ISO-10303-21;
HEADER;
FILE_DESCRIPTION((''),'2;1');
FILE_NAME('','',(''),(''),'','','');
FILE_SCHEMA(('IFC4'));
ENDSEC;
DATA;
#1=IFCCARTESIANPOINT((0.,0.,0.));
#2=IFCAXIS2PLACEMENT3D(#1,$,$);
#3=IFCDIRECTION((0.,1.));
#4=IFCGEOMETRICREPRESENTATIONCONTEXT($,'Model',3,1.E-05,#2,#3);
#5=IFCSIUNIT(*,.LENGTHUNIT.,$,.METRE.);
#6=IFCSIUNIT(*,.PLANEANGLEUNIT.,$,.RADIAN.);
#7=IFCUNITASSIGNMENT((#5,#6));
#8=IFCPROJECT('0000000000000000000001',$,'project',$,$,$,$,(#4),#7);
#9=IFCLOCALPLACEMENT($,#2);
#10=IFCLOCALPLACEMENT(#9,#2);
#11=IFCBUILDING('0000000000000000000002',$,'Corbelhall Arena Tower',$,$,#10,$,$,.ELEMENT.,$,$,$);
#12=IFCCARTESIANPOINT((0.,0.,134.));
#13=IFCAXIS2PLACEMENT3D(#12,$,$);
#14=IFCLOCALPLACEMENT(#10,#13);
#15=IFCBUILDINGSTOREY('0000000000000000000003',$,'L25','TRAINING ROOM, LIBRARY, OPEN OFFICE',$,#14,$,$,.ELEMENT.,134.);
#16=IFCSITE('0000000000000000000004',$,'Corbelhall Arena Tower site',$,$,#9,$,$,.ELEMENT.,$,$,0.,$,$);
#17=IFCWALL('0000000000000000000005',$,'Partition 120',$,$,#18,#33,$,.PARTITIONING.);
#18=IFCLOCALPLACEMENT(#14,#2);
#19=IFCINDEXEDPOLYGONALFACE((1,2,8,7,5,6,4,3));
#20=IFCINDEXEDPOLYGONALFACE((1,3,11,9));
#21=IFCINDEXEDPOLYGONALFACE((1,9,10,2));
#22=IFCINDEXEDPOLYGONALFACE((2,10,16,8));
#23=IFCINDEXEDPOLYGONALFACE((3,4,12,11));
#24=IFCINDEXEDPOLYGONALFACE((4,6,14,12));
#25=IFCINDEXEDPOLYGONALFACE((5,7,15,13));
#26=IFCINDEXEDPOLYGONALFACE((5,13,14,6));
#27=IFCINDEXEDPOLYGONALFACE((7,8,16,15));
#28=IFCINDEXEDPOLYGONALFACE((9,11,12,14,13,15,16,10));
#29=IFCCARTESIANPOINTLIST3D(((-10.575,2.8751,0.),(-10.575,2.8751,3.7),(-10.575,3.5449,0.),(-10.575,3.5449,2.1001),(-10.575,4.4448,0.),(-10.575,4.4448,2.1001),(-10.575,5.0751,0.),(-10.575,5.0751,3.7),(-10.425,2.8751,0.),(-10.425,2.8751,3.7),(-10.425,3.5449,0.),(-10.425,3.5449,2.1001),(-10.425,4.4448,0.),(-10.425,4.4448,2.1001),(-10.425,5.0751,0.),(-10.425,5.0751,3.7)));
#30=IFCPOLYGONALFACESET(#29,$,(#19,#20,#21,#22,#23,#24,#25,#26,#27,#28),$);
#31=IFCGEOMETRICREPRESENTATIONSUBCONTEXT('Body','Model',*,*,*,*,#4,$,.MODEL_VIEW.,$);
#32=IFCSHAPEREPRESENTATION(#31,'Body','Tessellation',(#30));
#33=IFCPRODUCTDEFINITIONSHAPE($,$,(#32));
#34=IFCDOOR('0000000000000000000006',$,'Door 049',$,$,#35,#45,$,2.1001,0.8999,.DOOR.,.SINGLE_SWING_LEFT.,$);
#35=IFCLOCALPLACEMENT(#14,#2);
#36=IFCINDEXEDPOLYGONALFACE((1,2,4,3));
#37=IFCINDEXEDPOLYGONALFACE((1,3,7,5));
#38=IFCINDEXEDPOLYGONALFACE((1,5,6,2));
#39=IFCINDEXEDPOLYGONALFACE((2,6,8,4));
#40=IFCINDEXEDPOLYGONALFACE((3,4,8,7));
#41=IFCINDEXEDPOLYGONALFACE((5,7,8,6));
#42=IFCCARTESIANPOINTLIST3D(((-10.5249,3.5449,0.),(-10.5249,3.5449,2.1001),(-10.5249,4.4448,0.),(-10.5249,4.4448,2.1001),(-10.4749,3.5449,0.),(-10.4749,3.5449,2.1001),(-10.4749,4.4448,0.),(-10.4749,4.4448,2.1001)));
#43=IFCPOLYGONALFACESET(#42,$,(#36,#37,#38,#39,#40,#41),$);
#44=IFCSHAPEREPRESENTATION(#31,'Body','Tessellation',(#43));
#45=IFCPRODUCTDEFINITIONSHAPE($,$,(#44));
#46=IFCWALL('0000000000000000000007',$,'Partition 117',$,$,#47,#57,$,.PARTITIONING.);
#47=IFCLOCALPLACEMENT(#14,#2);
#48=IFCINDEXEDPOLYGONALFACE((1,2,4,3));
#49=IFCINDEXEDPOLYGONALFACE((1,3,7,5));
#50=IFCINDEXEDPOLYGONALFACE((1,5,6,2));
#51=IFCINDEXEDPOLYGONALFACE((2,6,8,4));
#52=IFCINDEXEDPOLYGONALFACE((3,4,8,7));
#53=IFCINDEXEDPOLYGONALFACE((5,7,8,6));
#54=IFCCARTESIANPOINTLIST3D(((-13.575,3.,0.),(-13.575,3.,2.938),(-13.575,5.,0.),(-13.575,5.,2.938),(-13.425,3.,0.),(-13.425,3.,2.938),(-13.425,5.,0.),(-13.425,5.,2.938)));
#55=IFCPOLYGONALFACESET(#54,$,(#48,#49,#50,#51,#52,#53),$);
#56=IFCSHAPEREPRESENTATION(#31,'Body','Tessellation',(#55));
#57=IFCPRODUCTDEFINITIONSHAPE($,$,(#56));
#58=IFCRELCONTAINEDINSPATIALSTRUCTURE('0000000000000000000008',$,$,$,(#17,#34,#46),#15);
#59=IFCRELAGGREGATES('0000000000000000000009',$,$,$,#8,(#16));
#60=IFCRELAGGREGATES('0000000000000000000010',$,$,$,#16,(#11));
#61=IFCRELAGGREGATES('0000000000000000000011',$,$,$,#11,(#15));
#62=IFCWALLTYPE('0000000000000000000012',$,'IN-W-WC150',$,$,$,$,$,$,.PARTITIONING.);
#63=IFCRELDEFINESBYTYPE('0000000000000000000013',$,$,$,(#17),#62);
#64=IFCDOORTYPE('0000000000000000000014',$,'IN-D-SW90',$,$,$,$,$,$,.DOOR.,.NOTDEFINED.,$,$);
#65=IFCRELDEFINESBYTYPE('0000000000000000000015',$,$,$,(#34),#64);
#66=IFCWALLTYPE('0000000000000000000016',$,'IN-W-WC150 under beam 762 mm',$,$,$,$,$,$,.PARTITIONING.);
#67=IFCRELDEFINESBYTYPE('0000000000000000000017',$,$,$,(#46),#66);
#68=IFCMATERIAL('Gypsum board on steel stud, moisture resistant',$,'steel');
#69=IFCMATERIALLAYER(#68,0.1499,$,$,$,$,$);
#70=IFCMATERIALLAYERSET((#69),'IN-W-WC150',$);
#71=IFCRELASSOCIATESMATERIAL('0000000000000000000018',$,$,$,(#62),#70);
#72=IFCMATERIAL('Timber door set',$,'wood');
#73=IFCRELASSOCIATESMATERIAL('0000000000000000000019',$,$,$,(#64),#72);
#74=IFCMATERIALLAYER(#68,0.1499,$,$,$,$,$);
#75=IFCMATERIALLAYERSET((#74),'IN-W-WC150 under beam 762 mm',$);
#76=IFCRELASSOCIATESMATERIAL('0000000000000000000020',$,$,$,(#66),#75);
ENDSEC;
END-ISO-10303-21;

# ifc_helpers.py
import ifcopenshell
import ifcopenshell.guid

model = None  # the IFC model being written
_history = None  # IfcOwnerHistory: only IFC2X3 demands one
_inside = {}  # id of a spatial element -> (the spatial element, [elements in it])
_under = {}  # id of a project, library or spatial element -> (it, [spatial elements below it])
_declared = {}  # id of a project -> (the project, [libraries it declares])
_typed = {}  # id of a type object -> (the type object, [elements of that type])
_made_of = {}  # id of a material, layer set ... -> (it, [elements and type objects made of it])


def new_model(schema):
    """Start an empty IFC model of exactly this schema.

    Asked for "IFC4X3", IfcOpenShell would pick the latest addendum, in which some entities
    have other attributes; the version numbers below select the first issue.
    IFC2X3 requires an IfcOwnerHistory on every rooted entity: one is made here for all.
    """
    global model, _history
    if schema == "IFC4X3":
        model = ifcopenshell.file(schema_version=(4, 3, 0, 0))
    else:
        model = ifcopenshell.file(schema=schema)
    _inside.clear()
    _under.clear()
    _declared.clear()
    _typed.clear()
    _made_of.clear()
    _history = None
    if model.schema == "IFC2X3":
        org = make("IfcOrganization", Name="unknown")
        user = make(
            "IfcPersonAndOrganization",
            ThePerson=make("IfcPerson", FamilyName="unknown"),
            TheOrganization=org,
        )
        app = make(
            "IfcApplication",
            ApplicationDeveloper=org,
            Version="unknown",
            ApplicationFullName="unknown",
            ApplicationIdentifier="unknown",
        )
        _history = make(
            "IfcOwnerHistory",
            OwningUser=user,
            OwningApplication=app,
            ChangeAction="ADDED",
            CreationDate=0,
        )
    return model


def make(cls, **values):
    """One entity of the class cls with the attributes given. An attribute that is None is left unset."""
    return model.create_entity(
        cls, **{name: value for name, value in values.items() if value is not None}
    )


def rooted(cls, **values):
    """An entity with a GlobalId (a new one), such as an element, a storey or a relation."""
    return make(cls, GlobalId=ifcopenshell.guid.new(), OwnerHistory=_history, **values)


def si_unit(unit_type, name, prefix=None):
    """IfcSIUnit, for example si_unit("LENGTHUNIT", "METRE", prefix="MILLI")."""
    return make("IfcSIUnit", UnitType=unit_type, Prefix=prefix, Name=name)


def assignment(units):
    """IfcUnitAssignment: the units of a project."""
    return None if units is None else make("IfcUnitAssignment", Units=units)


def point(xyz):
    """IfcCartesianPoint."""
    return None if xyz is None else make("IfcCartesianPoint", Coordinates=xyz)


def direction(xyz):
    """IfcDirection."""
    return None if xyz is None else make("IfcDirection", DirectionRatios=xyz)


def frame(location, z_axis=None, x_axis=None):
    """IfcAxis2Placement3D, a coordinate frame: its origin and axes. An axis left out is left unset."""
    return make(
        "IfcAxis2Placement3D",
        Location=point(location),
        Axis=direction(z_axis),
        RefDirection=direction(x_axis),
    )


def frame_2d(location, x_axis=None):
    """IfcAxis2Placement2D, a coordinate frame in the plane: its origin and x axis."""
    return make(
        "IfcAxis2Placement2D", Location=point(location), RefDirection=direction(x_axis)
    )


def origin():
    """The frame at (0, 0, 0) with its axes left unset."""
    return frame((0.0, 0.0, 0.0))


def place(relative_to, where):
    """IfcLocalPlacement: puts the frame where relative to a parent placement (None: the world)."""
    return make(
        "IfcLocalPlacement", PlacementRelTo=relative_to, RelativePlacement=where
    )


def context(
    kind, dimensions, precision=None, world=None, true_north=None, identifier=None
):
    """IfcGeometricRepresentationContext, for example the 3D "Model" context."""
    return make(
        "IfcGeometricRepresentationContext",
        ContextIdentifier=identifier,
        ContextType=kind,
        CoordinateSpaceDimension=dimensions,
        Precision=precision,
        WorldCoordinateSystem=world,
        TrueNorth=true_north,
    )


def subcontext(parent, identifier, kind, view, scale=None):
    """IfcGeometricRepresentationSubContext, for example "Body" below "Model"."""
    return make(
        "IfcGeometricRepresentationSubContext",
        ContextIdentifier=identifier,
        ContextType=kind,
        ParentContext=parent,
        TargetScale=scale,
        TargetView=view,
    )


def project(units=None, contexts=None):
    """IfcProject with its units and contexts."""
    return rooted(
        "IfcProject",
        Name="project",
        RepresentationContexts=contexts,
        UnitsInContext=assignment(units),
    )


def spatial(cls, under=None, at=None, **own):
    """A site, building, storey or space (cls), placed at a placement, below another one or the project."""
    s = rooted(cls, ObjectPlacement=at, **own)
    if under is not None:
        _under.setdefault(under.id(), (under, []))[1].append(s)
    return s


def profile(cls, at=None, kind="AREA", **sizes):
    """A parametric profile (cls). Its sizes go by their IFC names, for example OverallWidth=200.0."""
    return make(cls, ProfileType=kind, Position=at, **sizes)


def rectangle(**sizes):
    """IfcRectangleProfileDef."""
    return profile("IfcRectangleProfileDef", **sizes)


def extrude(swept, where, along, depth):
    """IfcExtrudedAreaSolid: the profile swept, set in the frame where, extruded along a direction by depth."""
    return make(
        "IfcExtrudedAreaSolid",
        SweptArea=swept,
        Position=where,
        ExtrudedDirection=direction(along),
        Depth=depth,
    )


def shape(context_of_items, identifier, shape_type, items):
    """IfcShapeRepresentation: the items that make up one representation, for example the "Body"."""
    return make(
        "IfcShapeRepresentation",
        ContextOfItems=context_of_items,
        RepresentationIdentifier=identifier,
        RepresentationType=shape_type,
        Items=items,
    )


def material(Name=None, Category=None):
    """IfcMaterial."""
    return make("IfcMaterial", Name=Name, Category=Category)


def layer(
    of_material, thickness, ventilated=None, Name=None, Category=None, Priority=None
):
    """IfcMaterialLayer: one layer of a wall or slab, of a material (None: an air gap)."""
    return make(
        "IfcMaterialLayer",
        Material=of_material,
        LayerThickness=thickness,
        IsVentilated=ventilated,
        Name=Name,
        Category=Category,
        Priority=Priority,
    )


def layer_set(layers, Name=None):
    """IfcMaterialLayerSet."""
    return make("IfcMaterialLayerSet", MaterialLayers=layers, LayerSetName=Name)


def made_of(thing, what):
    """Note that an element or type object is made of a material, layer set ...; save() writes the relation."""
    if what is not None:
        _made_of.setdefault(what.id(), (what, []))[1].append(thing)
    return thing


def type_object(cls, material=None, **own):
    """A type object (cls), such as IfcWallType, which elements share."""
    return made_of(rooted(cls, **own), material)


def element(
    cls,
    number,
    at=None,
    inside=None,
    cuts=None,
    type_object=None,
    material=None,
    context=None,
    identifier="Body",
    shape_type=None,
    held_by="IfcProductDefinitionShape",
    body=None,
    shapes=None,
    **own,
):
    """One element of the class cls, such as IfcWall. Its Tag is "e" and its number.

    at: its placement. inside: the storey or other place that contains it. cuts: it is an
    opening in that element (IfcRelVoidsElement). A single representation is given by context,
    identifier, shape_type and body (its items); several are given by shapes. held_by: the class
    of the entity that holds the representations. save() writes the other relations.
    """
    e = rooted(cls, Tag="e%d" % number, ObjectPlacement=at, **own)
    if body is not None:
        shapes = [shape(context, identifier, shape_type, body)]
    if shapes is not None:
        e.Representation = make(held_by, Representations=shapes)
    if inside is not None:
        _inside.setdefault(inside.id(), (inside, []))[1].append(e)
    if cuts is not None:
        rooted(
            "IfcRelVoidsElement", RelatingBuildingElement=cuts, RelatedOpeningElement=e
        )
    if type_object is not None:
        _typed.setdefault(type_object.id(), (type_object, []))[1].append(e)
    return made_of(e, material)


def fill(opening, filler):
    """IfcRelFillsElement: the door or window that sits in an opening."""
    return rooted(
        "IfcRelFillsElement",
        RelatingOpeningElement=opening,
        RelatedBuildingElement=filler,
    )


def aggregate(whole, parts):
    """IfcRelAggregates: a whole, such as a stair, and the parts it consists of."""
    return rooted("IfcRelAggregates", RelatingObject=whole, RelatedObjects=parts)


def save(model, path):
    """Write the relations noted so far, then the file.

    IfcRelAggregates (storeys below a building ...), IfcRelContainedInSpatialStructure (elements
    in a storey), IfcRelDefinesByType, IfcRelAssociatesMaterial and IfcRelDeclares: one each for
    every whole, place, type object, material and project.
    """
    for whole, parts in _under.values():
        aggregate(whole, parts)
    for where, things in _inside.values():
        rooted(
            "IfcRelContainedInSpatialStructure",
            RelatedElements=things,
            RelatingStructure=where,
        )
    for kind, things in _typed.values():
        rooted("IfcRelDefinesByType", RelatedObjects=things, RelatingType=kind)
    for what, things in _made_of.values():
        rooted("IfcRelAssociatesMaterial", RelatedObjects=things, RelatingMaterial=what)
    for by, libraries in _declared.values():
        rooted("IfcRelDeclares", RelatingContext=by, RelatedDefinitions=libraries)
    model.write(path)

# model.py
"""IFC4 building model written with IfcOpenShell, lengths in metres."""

from ifc_helpers import new_model, si_unit, direction, frame, frame_2d, origin, place, context, subcontext, project, spatial, rectangle, extrude, material, layer, layer_set, type_object, element, fill, save


model = new_model("IFC4")

# Units and contexts
model_context = context("Model", 3, precision=1e-05, world=origin(), true_north=direction((0.0, 1.0)))
body_context = subcontext(model_context, "Body", "Model", "MODEL_VIEW")
ifc_project = project(units=[si_unit("LENGTHUNIT", "METRE"), si_unit("PLANEANGLEUNIT", "RADIAN")], contexts=[model_context])

# Site, building, storey
site_placement = place(None, origin())
site = spatial("IfcSite", under=ifc_project, at=site_placement, Name="Corbelhall Arena Tower site", CompositionType="ELEMENT", RefElevation=0.0)
building_placement = place(site_placement, origin())
building = spatial("IfcBuilding", under=site, at=building_placement, Name="Corbelhall Arena Tower", CompositionType="ELEMENT")
storey_placement = place(building_placement, frame((0.0, 0.0, 134.0)))
storey = spatial("IfcBuildingStorey", under=building, at=storey_placement, Name="L25", Description="TRAINING ROOM, LIBRARY, OPEN OFFICE", CompositionType="ELEMENT", Elevation=134.0)

# Shared definitions
ifc_material_1 = material(Name="Gypsum board on steel stud, moisture resistant", Category="steel")
ifc_layer_1 = layer(ifc_material_1, 0.1499)
ifc_layer_set_1 = layer_set([ifc_layer_1], Name="IN-W-WC150")
wall_type_1 = type_object("IfcWallType", Name="IN-W-WC150", PredefinedType="PARTITIONING", material=ifc_layer_set_1)

# Wall, opening, door
wall_1_placement = place(storey_placement, frame((-10.5, 2.875, 0.0), z_axis=(0.0, 0.0, 1.0), x_axis=(0.0, 1.0, 0.0)))
wall_1 = element("IfcWall", 1, at=wall_1_placement, inside=storey, type_object=wall_type_1, Name="Partition 120", PredefinedType="PARTITIONING", context=body_context, shape_type="SweptSolid", body=[
    extrude(rectangle(XDim=2.2, YDim=0.1499, at=frame_2d((1.1001, 0.0))), origin(), (0.0, 0.0, 1.0), 3.7),
])
opening_1_placement = place(wall_1_placement, frame((0.6699, 0.0, 0.0)))
opening_1 = element("IfcOpeningElement", 2, at=opening_1_placement, cuts=wall_1, PredefinedType="OPENING", context=body_context, shape_type="SweptSolid", body=[
    extrude(rectangle(XDim=0.8999, YDim=2.1001, at=frame_2d((0.45, 1.05))), frame((0.0, 0.075, 0.0), z_axis=(0.0, -1.0, 0.0), x_axis=(1.0, 0.0, 0.0)), (0.0, 0.0, 1.0), 0.1499),
])
ifc_material_2 = material(Name="Timber door set", Category="wood")
door_type_1 = type_object("IfcDoorType", Name="IN-D-SW90", OperationType="NOTDEFINED", PredefinedType="DOOR", material=ifc_material_2)
door_1_placement = place(opening_1_placement, origin())
door_1 = element("IfcDoor", 3, at=door_1_placement, inside=storey, type_object=door_type_1, Name="Door 049", OperationType="SINGLE_SWING_LEFT", OverallHeight=2.1001, OverallWidth=0.8999, PredefinedType="DOOR", context=body_context, shape_type="SweptSolid", body=[
    extrude(rectangle(XDim=0.8999, YDim=2.1001, at=frame_2d((0.45, 1.05))), frame((0.0, 0.0249, 0.0), z_axis=(0.0, -1.0, 0.0), x_axis=(1.0, 0.0, 0.0)), (0.0, 0.0, 1.0), 0.05),
])
fill(opening_1, door_1)

# Wall
ifc_layer_2 = layer(ifc_material_1, 0.1499)
ifc_layer_set_2 = layer_set([ifc_layer_2], Name="IN-W-WC150 under beam 762 mm")
wall_type_2 = type_object("IfcWallType", Name="IN-W-WC150 under beam 762 mm", PredefinedType="PARTITIONING", material=ifc_layer_set_2)
wall_2_placement = place(storey_placement, frame((-13.5, 3.0, 0.0), z_axis=(0.0, 0.0, 1.0), x_axis=(0.0, 1.0, 0.0)))
element("IfcWall", 4, at=wall_2_placement, inside=storey, type_object=wall_type_2, Name="Partition 117", PredefinedType="PARTITIONING", context=body_context, shape_type="SweptSolid", body=[
    extrude(rectangle(XDim=2.0, YDim=0.1499, at=frame_2d((1.0, 0.0))), origin(), (0.0, 0.0, 1.0), 2.938),
])

save(model, "model.ifc")
